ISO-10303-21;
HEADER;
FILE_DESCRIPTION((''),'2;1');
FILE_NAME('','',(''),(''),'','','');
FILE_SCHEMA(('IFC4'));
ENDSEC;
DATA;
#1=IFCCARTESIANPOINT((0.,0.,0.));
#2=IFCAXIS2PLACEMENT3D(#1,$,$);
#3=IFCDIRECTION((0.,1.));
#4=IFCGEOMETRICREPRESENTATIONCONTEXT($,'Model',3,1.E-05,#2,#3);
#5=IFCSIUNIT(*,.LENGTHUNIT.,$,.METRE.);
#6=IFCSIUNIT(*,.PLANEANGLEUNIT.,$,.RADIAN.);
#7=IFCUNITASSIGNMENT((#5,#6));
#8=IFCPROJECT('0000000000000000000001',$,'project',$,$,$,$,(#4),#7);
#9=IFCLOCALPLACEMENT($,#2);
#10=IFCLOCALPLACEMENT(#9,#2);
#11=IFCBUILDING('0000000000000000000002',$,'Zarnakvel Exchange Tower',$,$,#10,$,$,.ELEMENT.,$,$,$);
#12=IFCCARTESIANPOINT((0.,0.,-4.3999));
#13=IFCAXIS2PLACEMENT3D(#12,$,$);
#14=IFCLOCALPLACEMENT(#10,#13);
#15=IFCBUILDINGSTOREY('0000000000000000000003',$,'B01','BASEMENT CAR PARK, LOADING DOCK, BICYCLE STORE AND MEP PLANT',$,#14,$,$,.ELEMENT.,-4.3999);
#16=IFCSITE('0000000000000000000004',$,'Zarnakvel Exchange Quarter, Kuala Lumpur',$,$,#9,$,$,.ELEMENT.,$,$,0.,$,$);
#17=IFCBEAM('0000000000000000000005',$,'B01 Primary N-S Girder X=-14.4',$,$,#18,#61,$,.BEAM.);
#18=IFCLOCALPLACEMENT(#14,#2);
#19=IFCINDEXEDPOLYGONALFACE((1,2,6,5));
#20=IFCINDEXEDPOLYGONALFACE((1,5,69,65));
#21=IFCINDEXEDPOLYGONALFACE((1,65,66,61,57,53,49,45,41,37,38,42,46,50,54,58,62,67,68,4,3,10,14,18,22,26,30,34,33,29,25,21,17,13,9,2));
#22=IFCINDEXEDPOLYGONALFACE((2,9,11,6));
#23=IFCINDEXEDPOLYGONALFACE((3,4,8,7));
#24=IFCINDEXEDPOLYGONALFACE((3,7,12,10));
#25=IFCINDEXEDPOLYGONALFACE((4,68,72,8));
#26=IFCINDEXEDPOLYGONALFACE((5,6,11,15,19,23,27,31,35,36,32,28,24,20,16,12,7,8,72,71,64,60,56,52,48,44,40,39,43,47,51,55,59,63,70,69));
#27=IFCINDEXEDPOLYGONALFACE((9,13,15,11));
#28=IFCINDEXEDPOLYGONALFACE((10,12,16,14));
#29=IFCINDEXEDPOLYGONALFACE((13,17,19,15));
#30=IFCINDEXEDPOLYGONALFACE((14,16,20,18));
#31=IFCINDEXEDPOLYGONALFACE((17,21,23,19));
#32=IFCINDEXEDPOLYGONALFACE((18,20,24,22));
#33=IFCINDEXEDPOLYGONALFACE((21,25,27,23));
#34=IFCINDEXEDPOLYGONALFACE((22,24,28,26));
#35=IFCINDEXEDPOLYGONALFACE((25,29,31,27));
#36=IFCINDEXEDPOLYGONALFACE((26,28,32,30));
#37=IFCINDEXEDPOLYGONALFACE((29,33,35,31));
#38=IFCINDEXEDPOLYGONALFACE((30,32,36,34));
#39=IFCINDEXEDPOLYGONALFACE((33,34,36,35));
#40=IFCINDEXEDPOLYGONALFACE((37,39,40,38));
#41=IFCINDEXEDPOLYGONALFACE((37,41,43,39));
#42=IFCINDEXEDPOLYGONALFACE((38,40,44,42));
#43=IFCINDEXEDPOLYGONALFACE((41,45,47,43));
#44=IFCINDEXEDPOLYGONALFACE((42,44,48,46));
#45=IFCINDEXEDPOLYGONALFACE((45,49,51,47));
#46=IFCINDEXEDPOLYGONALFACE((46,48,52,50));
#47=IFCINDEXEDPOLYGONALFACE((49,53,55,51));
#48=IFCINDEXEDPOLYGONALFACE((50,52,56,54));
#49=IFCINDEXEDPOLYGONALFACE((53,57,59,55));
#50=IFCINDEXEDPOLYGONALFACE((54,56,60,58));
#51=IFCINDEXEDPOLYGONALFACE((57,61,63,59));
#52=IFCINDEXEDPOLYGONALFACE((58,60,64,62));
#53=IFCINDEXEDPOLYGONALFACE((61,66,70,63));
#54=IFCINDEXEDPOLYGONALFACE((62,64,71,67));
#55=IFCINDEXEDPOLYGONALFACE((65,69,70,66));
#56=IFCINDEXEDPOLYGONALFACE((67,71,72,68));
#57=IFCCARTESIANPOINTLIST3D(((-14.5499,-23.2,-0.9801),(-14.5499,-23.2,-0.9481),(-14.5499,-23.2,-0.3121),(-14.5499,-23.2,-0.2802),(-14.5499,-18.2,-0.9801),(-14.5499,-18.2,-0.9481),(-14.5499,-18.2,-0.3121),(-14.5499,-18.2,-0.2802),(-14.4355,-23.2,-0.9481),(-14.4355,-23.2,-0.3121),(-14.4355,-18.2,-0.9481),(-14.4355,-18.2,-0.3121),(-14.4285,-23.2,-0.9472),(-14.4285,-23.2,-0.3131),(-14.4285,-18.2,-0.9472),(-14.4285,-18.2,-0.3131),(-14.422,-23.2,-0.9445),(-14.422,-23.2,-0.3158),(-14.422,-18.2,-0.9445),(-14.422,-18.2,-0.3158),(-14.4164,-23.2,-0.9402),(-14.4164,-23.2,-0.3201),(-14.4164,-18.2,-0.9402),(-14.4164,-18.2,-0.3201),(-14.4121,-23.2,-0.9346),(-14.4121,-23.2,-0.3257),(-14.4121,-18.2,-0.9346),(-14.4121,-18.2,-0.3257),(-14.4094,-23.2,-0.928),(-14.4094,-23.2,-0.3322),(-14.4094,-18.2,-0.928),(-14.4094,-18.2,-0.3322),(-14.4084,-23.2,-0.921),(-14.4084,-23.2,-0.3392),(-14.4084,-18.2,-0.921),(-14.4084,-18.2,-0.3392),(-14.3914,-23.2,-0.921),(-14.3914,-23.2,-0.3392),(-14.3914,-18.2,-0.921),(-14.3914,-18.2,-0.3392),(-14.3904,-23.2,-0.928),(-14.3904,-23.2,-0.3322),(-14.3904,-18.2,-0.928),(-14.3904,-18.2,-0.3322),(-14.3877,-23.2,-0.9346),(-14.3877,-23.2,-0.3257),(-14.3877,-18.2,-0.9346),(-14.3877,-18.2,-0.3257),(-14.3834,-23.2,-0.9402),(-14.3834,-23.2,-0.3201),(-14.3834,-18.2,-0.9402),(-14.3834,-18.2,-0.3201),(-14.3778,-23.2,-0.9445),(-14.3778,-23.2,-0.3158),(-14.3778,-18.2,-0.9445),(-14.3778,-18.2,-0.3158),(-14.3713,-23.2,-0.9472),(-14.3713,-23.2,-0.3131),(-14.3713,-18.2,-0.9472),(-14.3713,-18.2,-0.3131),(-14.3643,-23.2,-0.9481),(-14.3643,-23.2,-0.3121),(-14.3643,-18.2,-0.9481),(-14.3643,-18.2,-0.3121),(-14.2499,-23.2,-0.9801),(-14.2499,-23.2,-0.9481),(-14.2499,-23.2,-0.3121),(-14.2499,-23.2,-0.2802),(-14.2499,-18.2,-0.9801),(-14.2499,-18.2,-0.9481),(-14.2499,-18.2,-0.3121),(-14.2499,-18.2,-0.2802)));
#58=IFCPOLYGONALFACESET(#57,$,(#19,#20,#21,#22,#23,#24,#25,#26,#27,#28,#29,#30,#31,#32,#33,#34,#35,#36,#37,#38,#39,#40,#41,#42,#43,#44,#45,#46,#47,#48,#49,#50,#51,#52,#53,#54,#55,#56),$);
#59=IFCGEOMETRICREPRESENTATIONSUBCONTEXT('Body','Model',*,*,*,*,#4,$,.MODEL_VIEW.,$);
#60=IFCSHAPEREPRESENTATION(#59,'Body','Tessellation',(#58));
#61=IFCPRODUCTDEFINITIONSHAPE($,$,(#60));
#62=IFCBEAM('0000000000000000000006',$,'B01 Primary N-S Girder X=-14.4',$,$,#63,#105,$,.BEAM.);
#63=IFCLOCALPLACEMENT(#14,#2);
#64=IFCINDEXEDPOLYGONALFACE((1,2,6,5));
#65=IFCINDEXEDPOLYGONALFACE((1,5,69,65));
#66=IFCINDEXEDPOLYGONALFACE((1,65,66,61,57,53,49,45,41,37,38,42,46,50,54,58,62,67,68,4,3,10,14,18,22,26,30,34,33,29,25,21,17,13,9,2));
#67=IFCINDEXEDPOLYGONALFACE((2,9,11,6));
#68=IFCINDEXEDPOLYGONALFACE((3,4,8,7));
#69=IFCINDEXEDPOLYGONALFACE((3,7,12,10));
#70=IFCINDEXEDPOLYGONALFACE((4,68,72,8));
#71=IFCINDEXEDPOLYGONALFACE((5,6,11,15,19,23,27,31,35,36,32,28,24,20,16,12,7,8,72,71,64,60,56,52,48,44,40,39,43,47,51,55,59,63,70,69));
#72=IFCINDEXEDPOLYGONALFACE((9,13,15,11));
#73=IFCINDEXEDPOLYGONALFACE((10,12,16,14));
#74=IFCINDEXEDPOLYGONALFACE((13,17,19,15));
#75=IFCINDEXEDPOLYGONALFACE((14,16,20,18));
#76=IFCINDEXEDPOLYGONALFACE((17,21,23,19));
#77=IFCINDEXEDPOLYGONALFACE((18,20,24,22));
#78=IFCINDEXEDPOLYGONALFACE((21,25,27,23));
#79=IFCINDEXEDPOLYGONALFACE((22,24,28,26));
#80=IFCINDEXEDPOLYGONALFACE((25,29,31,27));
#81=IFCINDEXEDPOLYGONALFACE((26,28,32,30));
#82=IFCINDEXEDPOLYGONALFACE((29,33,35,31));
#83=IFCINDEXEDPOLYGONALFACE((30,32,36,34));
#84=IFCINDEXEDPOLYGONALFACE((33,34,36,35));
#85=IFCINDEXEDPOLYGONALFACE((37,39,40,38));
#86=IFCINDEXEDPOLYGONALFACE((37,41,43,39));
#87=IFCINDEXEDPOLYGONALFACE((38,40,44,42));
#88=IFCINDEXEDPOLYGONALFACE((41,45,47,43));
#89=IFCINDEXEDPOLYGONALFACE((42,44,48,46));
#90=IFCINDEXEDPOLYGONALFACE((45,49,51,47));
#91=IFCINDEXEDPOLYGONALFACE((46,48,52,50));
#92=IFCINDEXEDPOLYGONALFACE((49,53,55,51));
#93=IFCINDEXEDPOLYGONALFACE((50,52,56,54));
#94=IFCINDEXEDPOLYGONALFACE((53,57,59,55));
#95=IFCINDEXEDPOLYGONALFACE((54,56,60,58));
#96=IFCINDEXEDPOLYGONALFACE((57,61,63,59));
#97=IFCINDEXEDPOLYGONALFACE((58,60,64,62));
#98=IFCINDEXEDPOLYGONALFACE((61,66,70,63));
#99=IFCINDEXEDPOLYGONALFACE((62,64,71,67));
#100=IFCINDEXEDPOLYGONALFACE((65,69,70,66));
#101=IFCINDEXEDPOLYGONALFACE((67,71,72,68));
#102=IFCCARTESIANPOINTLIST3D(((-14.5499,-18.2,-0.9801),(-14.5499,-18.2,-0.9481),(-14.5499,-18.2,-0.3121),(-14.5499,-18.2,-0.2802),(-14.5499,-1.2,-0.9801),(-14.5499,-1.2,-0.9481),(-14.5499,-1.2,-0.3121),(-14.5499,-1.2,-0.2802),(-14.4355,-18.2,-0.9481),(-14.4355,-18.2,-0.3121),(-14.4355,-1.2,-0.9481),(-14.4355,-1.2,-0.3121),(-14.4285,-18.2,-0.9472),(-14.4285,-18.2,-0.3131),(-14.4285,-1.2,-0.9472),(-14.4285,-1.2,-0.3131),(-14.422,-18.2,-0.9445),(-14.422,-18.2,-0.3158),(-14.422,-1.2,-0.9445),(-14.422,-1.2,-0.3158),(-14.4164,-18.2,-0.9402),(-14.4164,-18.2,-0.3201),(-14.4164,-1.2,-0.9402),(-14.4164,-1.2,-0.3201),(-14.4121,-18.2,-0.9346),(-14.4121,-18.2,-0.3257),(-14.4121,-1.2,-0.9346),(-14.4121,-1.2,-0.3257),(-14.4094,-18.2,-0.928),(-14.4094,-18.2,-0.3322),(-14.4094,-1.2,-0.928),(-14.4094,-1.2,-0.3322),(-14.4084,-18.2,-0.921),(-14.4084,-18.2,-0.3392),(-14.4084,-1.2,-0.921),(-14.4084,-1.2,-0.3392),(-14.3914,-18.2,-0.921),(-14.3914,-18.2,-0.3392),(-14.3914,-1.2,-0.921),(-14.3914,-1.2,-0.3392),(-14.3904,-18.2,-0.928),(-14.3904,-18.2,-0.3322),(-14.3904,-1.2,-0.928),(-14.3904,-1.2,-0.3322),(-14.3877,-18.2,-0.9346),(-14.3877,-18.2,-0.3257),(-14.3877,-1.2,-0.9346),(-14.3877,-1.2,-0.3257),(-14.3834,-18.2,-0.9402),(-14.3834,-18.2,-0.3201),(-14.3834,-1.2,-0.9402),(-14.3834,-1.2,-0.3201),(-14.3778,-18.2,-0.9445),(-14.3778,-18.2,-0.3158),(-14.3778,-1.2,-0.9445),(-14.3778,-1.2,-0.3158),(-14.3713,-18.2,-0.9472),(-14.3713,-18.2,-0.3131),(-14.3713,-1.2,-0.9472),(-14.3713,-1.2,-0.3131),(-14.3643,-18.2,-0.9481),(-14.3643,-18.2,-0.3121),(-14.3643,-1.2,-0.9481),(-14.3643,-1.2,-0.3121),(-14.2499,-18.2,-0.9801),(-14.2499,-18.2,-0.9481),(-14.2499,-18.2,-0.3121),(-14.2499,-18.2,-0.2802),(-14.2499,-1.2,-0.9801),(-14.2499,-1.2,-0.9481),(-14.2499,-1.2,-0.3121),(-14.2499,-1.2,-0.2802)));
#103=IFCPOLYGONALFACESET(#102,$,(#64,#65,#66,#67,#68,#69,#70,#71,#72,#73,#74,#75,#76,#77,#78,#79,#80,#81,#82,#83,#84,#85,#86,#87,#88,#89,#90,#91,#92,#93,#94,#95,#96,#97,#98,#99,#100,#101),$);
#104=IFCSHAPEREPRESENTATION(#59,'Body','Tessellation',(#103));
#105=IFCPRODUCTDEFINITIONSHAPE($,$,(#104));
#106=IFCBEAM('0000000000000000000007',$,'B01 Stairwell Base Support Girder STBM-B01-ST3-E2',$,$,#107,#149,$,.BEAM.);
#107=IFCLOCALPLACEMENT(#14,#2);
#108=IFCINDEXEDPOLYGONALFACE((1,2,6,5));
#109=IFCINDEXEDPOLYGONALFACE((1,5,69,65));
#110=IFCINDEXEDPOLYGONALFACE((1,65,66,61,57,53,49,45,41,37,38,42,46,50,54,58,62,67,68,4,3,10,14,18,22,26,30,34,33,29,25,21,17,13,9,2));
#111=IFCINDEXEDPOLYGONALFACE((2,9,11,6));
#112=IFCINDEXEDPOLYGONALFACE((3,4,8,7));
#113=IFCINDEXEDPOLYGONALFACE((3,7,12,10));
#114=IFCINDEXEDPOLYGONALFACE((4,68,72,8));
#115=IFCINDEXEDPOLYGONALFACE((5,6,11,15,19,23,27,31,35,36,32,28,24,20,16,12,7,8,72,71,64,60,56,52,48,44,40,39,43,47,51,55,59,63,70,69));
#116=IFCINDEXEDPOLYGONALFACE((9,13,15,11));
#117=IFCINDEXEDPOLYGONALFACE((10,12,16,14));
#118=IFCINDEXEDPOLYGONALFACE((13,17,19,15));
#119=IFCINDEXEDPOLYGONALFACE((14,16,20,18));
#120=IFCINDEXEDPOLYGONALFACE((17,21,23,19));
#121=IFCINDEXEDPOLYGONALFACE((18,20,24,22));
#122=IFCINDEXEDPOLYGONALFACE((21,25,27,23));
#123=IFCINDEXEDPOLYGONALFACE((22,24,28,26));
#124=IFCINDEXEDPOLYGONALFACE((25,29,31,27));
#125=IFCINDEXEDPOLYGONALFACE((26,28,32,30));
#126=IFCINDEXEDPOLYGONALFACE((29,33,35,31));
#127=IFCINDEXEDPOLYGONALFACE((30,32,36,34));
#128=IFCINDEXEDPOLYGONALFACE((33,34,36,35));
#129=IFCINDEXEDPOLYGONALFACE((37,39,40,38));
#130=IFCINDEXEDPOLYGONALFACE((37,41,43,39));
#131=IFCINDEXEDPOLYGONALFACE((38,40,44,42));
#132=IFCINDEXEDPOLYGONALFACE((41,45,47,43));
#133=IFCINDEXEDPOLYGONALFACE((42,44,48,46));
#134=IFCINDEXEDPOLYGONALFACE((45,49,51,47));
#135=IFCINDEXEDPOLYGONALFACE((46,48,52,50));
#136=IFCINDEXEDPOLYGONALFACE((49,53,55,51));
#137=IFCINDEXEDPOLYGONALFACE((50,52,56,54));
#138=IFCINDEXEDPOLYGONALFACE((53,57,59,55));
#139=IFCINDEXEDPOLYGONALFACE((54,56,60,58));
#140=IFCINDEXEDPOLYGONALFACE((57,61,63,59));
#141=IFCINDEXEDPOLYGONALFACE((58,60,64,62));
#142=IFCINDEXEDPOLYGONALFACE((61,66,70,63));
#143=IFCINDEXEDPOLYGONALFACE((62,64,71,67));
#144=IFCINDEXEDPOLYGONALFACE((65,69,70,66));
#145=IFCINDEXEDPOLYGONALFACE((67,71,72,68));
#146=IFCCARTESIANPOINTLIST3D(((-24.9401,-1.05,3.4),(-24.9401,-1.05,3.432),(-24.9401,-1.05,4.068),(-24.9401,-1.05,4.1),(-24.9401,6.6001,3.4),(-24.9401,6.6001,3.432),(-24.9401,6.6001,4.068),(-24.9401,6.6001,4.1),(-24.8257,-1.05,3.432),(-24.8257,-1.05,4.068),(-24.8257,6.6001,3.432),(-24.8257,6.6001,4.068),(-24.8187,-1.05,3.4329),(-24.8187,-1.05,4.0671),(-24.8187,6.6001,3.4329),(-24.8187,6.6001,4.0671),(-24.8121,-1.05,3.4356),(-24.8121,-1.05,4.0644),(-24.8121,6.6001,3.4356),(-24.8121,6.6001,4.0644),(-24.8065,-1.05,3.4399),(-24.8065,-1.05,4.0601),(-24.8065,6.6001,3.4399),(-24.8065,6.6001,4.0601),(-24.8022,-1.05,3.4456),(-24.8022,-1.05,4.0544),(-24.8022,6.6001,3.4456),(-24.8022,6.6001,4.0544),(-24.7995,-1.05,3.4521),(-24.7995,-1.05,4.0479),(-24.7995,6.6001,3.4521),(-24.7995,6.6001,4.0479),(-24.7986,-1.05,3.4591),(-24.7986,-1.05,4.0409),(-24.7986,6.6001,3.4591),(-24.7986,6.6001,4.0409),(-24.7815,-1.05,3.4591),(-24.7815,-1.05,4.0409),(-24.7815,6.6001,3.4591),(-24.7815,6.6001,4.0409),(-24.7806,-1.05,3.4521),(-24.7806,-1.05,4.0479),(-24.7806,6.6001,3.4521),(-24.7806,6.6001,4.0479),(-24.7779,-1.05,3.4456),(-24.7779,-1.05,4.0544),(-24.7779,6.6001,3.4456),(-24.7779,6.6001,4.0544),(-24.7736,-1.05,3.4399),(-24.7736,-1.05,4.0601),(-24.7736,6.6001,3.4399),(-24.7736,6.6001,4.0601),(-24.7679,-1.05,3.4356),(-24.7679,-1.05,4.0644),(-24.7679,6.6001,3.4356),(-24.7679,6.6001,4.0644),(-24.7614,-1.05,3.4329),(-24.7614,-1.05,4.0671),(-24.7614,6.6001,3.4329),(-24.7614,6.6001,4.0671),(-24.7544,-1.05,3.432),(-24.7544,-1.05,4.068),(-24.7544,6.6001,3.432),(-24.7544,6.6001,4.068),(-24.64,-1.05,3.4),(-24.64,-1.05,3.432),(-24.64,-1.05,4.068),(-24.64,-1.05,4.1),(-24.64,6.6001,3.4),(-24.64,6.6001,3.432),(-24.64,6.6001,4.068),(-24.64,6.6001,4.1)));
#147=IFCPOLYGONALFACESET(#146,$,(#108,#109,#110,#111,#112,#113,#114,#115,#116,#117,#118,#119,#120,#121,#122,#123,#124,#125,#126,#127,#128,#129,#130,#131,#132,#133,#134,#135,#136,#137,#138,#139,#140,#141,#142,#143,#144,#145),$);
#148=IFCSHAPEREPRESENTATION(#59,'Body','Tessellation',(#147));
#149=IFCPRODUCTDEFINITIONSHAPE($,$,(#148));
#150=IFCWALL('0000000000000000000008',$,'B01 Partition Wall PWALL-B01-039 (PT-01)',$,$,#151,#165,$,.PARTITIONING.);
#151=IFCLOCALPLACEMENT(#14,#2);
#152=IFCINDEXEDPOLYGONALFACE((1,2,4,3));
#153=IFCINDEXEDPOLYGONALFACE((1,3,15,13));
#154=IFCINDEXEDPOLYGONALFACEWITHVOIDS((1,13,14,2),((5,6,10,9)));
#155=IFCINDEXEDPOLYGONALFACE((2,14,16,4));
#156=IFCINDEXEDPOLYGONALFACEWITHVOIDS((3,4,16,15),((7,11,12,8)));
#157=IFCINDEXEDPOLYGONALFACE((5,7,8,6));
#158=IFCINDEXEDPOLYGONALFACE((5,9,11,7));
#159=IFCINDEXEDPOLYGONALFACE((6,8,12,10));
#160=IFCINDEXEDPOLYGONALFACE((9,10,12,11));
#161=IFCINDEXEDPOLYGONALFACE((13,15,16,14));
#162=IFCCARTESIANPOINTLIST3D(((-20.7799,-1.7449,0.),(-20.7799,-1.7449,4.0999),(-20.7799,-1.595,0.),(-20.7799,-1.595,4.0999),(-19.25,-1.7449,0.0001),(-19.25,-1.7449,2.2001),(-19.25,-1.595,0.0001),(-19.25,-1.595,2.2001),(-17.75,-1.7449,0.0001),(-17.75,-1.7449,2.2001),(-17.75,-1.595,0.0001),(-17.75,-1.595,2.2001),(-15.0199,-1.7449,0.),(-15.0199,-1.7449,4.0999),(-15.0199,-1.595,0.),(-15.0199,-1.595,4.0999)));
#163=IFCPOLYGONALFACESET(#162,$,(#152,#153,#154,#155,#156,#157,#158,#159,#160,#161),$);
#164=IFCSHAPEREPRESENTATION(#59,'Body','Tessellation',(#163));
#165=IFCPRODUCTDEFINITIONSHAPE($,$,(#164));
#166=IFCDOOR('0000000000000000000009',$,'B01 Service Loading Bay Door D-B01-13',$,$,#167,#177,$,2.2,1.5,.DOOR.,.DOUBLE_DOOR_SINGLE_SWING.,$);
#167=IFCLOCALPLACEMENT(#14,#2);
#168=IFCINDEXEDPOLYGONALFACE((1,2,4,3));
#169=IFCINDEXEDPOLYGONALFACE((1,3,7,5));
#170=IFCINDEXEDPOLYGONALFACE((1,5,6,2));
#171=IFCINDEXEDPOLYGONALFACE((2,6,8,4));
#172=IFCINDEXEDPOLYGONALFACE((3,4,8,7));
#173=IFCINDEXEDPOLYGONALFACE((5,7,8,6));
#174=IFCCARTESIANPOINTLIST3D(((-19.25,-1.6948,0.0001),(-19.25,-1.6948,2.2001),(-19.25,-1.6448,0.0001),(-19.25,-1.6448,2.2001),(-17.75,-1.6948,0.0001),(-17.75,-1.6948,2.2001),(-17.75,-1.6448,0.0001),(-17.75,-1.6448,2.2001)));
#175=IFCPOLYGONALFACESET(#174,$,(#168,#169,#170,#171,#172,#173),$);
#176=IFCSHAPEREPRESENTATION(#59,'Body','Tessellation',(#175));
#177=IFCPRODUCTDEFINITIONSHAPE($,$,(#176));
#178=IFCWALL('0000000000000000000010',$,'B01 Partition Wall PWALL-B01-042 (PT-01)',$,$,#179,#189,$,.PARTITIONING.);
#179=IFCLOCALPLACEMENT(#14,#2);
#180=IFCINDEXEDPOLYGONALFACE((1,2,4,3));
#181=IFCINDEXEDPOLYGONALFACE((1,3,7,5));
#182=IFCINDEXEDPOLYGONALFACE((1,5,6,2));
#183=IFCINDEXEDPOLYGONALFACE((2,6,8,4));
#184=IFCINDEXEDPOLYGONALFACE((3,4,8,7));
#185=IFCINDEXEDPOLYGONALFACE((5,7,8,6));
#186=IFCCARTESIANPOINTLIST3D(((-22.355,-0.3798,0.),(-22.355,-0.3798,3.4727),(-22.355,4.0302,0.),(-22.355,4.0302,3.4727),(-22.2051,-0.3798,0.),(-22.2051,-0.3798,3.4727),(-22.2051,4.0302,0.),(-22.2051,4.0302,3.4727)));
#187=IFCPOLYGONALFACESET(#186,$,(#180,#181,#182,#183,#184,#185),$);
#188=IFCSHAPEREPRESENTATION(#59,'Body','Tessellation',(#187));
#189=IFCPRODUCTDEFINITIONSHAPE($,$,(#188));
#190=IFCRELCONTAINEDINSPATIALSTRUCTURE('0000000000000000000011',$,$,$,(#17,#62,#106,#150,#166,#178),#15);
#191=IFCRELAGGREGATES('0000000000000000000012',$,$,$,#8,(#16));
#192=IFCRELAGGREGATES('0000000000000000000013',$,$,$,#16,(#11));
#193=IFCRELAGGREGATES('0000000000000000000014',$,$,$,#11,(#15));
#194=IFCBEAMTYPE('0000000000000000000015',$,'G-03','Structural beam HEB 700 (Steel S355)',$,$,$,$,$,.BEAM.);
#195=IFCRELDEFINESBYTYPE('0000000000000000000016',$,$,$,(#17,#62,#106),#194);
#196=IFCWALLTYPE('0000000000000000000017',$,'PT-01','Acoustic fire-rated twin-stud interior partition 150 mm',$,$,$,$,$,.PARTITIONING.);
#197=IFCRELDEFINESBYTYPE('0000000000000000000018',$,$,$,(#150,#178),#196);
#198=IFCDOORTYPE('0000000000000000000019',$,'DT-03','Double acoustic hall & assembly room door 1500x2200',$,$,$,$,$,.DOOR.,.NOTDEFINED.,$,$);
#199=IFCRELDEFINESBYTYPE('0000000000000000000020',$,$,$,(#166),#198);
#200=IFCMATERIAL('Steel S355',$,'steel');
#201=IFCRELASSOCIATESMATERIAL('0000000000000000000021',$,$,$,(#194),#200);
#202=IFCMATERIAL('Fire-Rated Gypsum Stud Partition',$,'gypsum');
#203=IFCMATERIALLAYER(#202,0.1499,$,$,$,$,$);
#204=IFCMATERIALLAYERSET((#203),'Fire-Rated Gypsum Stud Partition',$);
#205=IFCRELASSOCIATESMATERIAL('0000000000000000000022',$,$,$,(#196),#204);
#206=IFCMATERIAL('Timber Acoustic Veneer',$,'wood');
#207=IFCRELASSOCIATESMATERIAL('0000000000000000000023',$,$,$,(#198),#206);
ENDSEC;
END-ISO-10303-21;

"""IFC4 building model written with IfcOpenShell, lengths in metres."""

from ifc_helpers import new_model, si_unit, direction, frame, frame_2d, origin, origin_2d, place, context, subcontext, project, spatial, rectangle, i_section, extrude, source, transform, mapped, material, layer, layer_set, material_profile, profile_set, type_object, element, fill, save


model = new_model("IFC4")

# Units and contexts
model_context = context("Model", 3, precision=1e-05, world=origin(), true_north=direction((0.0, 1.0)))
body_context = subcontext(model_context, "Body", "Model", "MODEL_VIEW")
ifc_project = project(units=[si_unit("LENGTHUNIT", "METRE"), si_unit("PLANEANGLEUNIT", "RADIAN")], contexts=[model_context])

# Site, building, storey
site_placement = place(None, origin())
site = spatial("IfcSite", under=ifc_project, at=site_placement, Name="Zarnakvel Exchange Quarter, Kuala Lumpur", CompositionType="ELEMENT", RefElevation=0.0)
building_placement = place(site_placement, origin())
building = spatial("IfcBuilding", under=site, at=building_placement, Name="Zarnakvel Exchange Tower", CompositionType="ELEMENT")
storey_placement = place(building_placement, frame((0.0, 0.0, -4.3999)))
storey = spatial("IfcBuildingStorey", under=building, at=storey_placement, Name="B01", Description="BASEMENT CAR PARK, LOADING DOCK, BICYCLE STORE AND MEP PLANT", CompositionType="ELEMENT", Elevation=-4.3999)

# Beams
ifc_material_1 = material(Name="Steel S355", Category="steel")
ifc_material_profile_1 = material_profile(ifc_material_1, i_section(OverallWidth=0.3, OverallDepth=0.7, WebThickness=0.0171, FlangeThickness=0.032, FilletRadius=0.0271, at=origin_2d()))
ifc_profile_set_1 = profile_set([ifc_material_profile_1], Name="Steel S355")
beam_type_1 = type_object("IfcBeamType", Name="G-03", Description="Structural beam HEB 700 (Steel S355)", PredefinedType="BEAM", material=ifc_profile_set_1)
beam_1_placement = place(storey_placement, frame((-14.3999, -23.2, -0.6301), z_axis=(0.0, 1.0, 0.0), x_axis=(-1.0, 0.0, 0.0)))
element("IfcBeam", 1, at=beam_1_placement, inside=storey, type_object=beam_type_1, Name="B01 Primary N-S Girder X=-14.4", PredefinedType="BEAM", context=body_context, shape_type="SweptSolid", body=[
    extrude(i_section(OverallWidth=0.3, OverallDepth=0.7, WebThickness=0.0171, FlangeThickness=0.032, FilletRadius=0.0271, at=origin_2d()), origin(), (0.0, 0.0, 1.0), 5.0),
])
beam_2_placement = place(storey_placement, frame((-14.3999, -18.2, -0.6301), z_axis=(0.0, 1.0, 0.0), x_axis=(-1.0, 0.0, 0.0)))
element("IfcBeam", 2, at=beam_2_placement, inside=storey, type_object=beam_type_1, Name="B01 Primary N-S Girder X=-14.4", PredefinedType="BEAM", context=body_context, shape_type="SweptSolid", body=[
    extrude(i_section(OverallWidth=0.3, OverallDepth=0.7, WebThickness=0.0171, FlangeThickness=0.032, FilletRadius=0.0271, at=origin_2d()), origin(), (0.0, 0.0, 1.0), 17.0),
])
beam_3_placement = place(storey_placement, frame((-24.79, -1.05, 3.75), z_axis=(0.0, 1.0, 0.0), x_axis=(-1.0, 0.0, 0.0)))
element("IfcBeam", 3, at=beam_3_placement, inside=storey, type_object=beam_type_1, Name="B01 Stairwell Base Support Girder STBM-B01-ST3-E2", PredefinedType="BEAM", context=body_context, shape_type="SweptSolid", body=[
    extrude(i_section(OverallWidth=0.3, OverallDepth=0.7, WebThickness=0.0171, FlangeThickness=0.032, FilletRadius=0.0271, at=origin_2d()), origin(), (0.0, 0.0, 1.0), 7.6501),
])

# Wall, opening, door
ifc_material_2 = material(Name="Fire-Rated Gypsum Stud Partition", Category="gypsum")
ifc_layer = layer(ifc_material_2, 0.1499)
ifc_layer_set = layer_set([ifc_layer], Name="Fire-Rated Gypsum Stud Partition")
wall_type = type_object("IfcWallType", Name="PT-01", Description="Acoustic fire-rated twin-stud interior partition 150 mm", PredefinedType="PARTITIONING", material=ifc_layer_set)
wall_1_placement = place(storey_placement, frame((-15.02, -1.6699, 0.0), z_axis=(0.0, 0.0, 1.0), x_axis=(-1.0, 0.0, 0.0)))
wall_1 = element("IfcWall", 4, at=wall_1_placement, inside=storey, type_object=wall_type, Name="B01 Partition Wall PWALL-B01-039 (PT-01)", PredefinedType="PARTITIONING", context=body_context, shape_type="SweptSolid", body=[
    extrude(rectangle(XDim=5.76, YDim=0.1499, at=frame_2d((2.8799, 0.0))), origin(), (0.0, 0.0, 1.0), 4.0999),
])
opening_placement = place(wall_1_placement, frame((2.73, 0.0, 0.0)))
opening = element("IfcOpeningElement", 5, at=opening_placement, cuts=wall_1, PredefinedType="OPENING", context=body_context, shape_type="SweptSolid", body=[
    extrude(rectangle(XDim=1.5, YDim=2.2, at=frame_2d((0.75, 1.1001))), frame((0.0, 0.085, 0.0), z_axis=(0.0, -1.0, 0.0), x_axis=(1.0, 0.0, 0.0)), (0.0, 0.0, 1.0), 0.1699),
])
ifc_material_3 = material(Name="Timber Acoustic Veneer", Category="wood")
door_type = type_object("IfcDoorType", Name="DT-03", Description="Double acoustic hall & assembly room door 1500x2200", OperationType="NOTDEFINED", PredefinedType="DOOR", material=ifc_material_3)
shared_shape = source(origin(), body_context, "Body", "SweptSolid", [
    extrude(rectangle(XDim=1.5, YDim=2.2, at=frame_2d((0.75, 1.1001))), frame((0.0, 0.0249, 0.0), z_axis=(0.0, -1.0, 0.0), x_axis=(1.0, 0.0, 0.0)), (0.0, 0.0, 1.0), 0.05),
])
door_placement = place(opening_placement, origin())
door = element("IfcDoor", 6, at=door_placement, inside=storey, type_object=door_type, Name="B01 Service Loading Bay Door D-B01-13", OperationType="DOUBLE_DOOR_SINGLE_SWING", OverallHeight=2.2, OverallWidth=1.5, PredefinedType="DOOR", context=body_context, shape_type="MappedRepresentation", body=[
    mapped(shared_shape, transform((0.0, 0.0, 0.0), x_axis=(1.0, 0.0, 0.0), y_axis=(0.0, 1.0, 0.0), z_axis=(0.0, 0.0, 1.0), scale=1.0)),
])
fill(opening, door)

# Wall
wall_2_placement = place(storey_placement, frame((-22.28, -0.3799, 0.0), z_axis=(0.0, 0.0, 1.0), x_axis=(0.0, 1.0, 0.0)))
element("IfcWall", 7, at=wall_2_placement, inside=storey, type_object=wall_type, Name="B01 Partition Wall PWALL-B01-042 (PT-01)", PredefinedType="PARTITIONING", context=body_context, shape_type="SweptSolid", body=[
    extrude(rectangle(XDim=4.4099, YDim=0.1499, at=frame_2d((2.2051, 0.0))), origin(), (0.0, 0.0, 1.0), 3.4727),
])

save(model, "model.ifc")
